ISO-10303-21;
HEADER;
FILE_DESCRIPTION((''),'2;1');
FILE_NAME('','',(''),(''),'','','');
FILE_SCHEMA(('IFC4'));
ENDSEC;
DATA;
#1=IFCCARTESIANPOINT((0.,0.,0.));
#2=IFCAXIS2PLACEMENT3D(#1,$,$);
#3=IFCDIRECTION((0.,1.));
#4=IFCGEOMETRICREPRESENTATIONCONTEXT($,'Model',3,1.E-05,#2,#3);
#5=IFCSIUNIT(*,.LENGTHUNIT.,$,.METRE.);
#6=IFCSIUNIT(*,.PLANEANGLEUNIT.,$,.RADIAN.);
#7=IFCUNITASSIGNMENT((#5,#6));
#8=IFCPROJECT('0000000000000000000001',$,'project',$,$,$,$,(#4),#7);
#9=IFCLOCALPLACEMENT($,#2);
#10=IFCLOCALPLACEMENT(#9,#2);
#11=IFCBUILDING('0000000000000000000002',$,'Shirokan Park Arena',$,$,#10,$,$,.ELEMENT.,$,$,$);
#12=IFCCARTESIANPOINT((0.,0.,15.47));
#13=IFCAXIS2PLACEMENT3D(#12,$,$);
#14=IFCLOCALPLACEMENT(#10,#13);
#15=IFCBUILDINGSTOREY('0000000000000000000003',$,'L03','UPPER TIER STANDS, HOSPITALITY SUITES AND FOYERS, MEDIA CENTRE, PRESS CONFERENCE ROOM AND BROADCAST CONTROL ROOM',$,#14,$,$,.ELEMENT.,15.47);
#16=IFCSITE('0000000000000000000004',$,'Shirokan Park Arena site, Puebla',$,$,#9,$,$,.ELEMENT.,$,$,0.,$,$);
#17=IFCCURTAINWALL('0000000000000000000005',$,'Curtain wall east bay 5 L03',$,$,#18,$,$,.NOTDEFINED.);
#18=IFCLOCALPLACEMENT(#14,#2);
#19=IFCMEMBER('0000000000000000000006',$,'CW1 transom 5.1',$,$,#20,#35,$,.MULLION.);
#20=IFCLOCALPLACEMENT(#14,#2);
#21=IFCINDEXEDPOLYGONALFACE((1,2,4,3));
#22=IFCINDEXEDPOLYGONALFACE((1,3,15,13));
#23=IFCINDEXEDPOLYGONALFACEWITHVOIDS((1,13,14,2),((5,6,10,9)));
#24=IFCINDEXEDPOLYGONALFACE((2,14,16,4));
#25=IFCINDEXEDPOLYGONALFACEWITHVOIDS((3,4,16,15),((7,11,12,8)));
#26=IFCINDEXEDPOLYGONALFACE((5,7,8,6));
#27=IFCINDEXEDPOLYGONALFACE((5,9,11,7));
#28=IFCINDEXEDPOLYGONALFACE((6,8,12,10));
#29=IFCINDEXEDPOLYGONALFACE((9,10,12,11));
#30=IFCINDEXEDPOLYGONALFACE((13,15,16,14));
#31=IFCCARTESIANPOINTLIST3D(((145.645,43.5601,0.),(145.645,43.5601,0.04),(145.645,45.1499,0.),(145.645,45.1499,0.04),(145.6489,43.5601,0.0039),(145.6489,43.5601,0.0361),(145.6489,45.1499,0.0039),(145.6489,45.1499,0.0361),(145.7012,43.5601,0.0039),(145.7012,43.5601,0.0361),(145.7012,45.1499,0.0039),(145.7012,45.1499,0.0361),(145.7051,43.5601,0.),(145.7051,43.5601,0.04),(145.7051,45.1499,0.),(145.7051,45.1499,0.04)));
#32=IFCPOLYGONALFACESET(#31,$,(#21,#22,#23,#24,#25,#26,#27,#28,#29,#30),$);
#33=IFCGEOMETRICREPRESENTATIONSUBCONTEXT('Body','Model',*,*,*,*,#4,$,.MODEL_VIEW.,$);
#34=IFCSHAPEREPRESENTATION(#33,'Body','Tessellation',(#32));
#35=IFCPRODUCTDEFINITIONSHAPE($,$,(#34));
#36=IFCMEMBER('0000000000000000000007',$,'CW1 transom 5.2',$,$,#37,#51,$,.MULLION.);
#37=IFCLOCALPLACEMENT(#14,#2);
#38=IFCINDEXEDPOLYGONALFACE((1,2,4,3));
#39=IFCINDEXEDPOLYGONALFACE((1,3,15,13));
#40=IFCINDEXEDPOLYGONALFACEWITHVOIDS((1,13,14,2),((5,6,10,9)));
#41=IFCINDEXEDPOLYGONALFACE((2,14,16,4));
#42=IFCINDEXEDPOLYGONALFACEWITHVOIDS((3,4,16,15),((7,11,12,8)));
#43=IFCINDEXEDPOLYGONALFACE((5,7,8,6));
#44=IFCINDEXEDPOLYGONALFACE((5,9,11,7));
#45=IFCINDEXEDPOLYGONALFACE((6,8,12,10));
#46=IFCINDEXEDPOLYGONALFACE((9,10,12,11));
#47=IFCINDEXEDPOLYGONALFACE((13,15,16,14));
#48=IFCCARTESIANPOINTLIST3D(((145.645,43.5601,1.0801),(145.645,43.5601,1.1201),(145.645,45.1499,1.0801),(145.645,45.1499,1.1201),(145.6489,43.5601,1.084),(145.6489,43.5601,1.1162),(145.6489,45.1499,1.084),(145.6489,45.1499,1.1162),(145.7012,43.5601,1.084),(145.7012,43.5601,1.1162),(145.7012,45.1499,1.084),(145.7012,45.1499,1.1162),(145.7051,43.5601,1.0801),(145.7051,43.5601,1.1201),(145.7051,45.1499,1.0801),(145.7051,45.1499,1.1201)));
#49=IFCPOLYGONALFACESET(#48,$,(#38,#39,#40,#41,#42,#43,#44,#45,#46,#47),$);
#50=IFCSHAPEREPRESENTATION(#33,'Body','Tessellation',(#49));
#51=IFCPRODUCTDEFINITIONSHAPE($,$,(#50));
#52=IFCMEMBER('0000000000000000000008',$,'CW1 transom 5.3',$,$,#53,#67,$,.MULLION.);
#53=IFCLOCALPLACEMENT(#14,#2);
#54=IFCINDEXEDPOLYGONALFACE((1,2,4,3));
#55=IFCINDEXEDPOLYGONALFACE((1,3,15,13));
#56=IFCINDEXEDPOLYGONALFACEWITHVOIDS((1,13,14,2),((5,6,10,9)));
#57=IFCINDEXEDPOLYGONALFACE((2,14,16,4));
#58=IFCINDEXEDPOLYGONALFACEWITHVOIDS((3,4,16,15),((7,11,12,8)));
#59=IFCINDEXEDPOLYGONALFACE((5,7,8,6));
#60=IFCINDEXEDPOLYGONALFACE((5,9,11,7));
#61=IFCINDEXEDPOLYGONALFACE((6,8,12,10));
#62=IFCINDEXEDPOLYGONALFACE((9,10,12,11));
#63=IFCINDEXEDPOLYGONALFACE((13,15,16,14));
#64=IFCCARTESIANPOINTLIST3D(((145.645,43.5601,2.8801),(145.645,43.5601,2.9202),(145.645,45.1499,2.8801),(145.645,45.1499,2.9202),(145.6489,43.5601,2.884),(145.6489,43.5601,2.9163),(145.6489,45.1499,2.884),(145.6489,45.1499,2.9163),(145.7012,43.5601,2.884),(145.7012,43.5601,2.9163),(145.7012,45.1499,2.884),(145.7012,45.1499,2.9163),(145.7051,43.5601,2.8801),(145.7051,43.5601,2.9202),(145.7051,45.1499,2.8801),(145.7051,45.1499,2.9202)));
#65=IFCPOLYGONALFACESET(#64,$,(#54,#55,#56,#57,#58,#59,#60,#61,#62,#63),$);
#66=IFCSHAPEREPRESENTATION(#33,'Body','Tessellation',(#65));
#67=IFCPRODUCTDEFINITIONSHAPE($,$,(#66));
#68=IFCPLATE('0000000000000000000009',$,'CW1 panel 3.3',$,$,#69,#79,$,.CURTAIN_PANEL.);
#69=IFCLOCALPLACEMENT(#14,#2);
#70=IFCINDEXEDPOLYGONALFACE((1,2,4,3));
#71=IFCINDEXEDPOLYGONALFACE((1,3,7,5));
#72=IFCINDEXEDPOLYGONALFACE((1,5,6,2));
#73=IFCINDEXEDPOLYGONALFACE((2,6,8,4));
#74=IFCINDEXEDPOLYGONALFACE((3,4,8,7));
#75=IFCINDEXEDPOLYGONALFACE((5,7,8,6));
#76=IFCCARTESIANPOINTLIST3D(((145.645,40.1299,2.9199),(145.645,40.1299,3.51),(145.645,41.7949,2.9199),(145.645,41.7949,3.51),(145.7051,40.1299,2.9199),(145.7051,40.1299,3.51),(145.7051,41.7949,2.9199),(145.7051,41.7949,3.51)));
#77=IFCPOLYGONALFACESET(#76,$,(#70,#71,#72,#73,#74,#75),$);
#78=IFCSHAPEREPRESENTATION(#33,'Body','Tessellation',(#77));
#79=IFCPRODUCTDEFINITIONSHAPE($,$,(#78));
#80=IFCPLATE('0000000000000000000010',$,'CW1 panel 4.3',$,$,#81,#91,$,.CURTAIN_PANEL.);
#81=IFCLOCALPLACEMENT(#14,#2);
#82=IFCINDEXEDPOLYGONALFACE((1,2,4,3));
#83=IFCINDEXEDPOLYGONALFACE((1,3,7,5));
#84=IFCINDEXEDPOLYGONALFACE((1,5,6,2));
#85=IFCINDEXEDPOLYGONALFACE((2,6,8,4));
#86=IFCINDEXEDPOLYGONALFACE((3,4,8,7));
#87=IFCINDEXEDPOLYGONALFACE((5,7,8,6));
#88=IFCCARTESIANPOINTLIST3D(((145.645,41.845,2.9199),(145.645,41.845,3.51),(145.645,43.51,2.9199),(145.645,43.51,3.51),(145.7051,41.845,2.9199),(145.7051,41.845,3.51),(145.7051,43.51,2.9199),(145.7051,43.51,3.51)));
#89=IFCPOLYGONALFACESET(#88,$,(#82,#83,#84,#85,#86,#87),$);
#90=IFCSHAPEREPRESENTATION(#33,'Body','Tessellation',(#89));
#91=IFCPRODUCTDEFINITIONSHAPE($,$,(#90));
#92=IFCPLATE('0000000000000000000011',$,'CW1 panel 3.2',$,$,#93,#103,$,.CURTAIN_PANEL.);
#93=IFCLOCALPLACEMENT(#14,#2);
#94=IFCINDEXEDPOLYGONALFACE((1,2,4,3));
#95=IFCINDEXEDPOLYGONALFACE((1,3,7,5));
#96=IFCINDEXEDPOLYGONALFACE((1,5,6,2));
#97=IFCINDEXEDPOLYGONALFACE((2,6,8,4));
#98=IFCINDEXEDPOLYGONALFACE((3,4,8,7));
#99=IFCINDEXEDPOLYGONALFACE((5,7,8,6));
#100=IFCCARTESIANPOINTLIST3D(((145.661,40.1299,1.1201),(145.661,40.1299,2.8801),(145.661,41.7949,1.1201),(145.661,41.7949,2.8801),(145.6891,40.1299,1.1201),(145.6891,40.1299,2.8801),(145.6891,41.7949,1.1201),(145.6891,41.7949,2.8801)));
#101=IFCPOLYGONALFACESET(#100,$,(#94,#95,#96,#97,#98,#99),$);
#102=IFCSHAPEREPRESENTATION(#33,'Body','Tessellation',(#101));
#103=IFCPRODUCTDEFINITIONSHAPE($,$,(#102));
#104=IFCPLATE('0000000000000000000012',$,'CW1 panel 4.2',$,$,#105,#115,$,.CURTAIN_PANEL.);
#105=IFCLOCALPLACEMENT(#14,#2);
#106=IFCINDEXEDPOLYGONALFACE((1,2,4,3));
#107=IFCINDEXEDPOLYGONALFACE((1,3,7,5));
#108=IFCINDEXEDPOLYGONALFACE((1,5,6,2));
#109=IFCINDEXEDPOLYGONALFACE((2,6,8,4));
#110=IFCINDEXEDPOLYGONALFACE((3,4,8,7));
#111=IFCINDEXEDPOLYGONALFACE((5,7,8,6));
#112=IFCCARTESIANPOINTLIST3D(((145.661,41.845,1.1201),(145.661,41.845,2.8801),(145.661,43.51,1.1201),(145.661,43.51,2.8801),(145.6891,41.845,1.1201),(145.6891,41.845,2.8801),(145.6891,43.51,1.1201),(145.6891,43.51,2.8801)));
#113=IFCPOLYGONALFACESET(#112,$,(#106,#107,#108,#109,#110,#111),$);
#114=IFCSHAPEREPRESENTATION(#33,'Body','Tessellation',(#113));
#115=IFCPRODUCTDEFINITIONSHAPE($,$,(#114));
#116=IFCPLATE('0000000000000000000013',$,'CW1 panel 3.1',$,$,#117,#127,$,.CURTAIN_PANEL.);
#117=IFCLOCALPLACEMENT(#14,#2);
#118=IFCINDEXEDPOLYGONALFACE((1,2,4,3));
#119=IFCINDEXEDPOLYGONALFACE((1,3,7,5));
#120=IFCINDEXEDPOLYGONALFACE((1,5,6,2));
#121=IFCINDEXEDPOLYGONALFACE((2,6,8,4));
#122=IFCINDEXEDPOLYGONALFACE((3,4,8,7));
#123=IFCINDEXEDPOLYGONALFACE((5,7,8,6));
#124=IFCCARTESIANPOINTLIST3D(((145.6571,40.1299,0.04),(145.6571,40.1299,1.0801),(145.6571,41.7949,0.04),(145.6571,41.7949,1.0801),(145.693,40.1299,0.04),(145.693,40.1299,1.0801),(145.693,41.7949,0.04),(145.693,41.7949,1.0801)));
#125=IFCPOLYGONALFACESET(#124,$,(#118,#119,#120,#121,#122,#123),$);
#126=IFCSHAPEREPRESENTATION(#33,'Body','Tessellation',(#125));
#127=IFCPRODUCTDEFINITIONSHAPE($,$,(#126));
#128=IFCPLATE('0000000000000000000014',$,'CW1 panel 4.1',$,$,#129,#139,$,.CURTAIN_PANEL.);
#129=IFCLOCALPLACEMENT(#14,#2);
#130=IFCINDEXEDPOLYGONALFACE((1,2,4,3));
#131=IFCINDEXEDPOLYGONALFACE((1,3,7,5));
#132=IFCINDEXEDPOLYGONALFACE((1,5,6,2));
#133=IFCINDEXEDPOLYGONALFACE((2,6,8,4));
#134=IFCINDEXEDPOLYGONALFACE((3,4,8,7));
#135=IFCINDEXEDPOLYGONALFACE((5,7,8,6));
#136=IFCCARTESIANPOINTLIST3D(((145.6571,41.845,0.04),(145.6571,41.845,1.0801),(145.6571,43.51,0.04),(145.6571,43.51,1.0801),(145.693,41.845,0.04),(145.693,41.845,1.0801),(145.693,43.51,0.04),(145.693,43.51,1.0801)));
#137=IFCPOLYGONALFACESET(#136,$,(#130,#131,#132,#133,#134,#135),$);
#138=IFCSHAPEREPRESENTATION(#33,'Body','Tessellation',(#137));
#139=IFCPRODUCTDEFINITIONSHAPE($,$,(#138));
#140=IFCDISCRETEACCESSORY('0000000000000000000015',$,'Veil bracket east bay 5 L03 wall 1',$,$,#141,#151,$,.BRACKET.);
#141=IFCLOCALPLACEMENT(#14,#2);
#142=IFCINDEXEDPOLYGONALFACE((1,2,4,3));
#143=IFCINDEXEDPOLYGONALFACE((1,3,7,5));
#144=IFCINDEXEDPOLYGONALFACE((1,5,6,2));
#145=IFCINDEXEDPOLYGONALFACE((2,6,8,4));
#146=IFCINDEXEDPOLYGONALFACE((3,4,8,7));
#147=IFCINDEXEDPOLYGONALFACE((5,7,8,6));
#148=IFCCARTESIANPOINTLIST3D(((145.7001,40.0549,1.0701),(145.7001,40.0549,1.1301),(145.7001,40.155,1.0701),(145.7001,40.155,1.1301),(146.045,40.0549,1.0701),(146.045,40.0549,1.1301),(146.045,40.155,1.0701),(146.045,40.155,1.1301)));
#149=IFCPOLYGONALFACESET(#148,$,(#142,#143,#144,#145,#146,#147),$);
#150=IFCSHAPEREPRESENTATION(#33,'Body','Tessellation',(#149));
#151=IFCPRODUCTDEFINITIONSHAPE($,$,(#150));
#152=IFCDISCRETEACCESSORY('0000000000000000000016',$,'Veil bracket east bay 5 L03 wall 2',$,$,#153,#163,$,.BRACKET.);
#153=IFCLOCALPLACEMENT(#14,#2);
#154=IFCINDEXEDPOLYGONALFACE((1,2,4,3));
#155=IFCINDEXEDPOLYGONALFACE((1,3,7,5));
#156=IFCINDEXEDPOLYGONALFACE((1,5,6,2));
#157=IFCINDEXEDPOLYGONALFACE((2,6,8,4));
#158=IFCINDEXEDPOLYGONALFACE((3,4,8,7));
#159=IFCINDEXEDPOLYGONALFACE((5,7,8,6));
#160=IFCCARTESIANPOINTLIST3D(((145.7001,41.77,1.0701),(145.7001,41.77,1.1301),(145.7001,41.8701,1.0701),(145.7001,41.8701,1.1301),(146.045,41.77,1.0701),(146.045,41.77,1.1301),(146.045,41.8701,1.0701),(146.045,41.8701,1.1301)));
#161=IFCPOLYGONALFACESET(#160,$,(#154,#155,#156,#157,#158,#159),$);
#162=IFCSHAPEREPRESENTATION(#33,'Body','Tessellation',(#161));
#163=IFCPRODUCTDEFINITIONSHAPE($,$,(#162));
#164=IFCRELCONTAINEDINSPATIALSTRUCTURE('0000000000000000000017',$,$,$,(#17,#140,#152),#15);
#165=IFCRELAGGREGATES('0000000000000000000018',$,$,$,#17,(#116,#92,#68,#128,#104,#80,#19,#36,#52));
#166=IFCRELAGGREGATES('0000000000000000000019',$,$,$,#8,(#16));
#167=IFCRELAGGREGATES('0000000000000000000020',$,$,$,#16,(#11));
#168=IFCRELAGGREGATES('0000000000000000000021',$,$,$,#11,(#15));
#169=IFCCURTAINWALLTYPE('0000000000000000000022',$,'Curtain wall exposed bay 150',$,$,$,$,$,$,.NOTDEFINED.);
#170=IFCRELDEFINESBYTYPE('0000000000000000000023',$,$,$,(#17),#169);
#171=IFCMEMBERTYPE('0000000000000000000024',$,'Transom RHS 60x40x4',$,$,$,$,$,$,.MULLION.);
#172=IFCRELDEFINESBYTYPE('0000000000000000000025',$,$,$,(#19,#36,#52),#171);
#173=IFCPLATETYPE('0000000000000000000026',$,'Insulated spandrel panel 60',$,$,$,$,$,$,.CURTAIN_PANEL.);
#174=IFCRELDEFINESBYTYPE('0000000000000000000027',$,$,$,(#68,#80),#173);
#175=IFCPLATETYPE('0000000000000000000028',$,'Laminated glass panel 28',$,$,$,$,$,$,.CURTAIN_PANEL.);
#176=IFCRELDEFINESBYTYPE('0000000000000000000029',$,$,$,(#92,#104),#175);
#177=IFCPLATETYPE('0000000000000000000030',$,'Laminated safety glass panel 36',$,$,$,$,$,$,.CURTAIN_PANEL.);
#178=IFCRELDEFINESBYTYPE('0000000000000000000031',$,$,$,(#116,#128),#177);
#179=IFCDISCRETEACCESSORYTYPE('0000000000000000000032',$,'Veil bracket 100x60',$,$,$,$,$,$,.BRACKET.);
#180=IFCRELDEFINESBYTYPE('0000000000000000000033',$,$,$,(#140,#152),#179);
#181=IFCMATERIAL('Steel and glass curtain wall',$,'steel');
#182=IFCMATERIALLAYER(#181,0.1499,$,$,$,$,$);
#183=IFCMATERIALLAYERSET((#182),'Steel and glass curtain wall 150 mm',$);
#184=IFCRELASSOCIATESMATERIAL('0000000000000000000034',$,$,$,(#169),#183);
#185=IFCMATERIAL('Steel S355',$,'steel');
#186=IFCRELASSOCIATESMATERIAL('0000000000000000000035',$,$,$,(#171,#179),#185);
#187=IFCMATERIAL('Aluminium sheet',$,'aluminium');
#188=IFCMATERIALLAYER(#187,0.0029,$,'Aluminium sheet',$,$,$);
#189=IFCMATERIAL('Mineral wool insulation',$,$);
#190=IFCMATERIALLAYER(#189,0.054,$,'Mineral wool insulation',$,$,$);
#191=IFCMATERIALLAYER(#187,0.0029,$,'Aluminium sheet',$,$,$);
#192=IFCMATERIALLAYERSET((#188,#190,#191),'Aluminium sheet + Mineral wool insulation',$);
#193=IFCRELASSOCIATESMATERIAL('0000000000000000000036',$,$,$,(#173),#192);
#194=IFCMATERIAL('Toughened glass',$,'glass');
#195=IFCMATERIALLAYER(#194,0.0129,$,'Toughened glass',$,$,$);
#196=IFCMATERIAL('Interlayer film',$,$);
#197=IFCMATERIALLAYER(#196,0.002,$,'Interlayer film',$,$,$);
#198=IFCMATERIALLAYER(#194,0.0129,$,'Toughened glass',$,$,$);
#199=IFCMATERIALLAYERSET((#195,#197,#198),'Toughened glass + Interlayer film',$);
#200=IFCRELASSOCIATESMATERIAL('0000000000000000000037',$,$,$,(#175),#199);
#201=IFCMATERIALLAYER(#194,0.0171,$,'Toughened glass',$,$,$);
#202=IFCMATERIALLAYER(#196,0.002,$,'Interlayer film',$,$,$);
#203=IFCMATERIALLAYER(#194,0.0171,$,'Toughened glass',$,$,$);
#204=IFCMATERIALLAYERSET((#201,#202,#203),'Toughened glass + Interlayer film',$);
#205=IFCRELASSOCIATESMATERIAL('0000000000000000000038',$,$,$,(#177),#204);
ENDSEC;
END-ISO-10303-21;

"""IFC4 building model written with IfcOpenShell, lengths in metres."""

from ifc_helpers import new_model, si_unit, direction, frame, origin, origin_2d, place, context, subcontext, project, spatial, rectangle, hollow_rectangle, extrude, material, layer, layer_set, material_profile, profile_set, type_object, element, aggregate, save


model = new_model("IFC4")

# Units and contexts
model_context = context("Model", 3, precision=1e-05, world=origin(), true_north=direction((0.0, 1.0)))
body_context = subcontext(model_context, "Body", "Model", "MODEL_VIEW")
ifc_project = project(units=[si_unit("LENGTHUNIT", "METRE"), si_unit("PLANEANGLEUNIT", "RADIAN")], contexts=[model_context])

# Site, building, storey
site_placement = place(None, origin())
site = spatial("IfcSite", under=ifc_project, at=site_placement, Name="Shirokan Park Arena site, Puebla", CompositionType="ELEMENT", RefElevation=0.0)
building_placement = place(site_placement, origin())
building = spatial("IfcBuilding", under=site, at=building_placement, Name="Shirokan Park Arena", CompositionType="ELEMENT")
storey_placement = place(building_placement, frame((0.0, 0.0, 15.47)))
storey = spatial("IfcBuildingStorey", under=building, at=storey_placement, Name="L03", Description="UPPER TIER STANDS, HOSPITALITY SUITES AND FOYERS, MEDIA CENTRE, PRESS CONFERENCE ROOM AND BROADCAST CONTROL ROOM", CompositionType="ELEMENT", Elevation=15.47)

# Curtain wall, members, plates
ifc_material_1 = material(Name="Steel and glass curtain wall", Category="steel")
ifc_layer_1 = layer(ifc_material_1, 0.1499)
ifc_layer_set_1 = layer_set([ifc_layer_1], Name="Steel and glass curtain wall 150 mm")
curtain_wall_type = type_object("IfcCurtainWallType", Name="Curtain wall exposed bay 150", PredefinedType="NOTDEFINED", material=ifc_layer_set_1)
curtain_wall_placement = place(storey_placement, origin())
curtain_wall = element("IfcCurtainWall", 1, at=curtain_wall_placement, inside=storey, type_object=curtain_wall_type, Name="Curtain wall east bay 5 L03", PredefinedType="NOTDEFINED")
ifc_material_2 = material(Name="Steel S355", Category="steel")
ifc_material_profile_1 = material_profile(ifc_material_2, hollow_rectangle(XDim=0.0601, YDim=0.04, WallThickness=0.0039, at=origin_2d()), Name="RHS 60x40x4")
ifc_profile_set_1 = profile_set([ifc_material_profile_1], Name="Steel S355")
member_type_1 = type_object("IfcMemberType", Name="Transom RHS 60x40x4", PredefinedType="MULLION", material=ifc_profile_set_1)
member_1_placement = place(storey_placement, frame((145.675, 43.5601, 0.02), z_axis=(0.0, 1.0, 0.0), x_axis=(-1.0, 0.0, 0.0)))
member_1 = element("IfcMember", 2, at=member_1_placement, type_object=member_type_1, Name="CW1 transom 5.1", PredefinedType="MULLION", context=body_context, shape_type="SweptSolid", body=[
    extrude(hollow_rectangle(XDim=0.0601, YDim=0.04, WallThickness=0.0039, at=origin_2d()), origin(), (0.0, 0.0, 1.0), 1.5898),
])
member_2_placement = place(storey_placement, frame((145.675, 43.5601, 1.1001), z_axis=(0.0, 1.0, 0.0), x_axis=(-1.0, 0.0, 0.0)))
member_2 = element("IfcMember", 3, at=member_2_placement, type_object=member_type_1, Name="CW1 transom 5.2", PredefinedType="MULLION", context=body_context, shape_type="SweptSolid", body=[
    extrude(hollow_rectangle(XDim=0.0601, YDim=0.04, WallThickness=0.0039, at=origin_2d()), origin(), (0.0, 0.0, 1.0), 1.5898),
])
member_3_placement = place(storey_placement, frame((145.675, 43.5601, 2.9001), z_axis=(0.0, 1.0, 0.0), x_axis=(-1.0, 0.0, 0.0)))
member_3 = element("IfcMember", 4, at=member_3_placement, type_object=member_type_1, Name="CW1 transom 5.3", PredefinedType="MULLION", context=body_context, shape_type="SweptSolid", body=[
    extrude(hollow_rectangle(XDim=0.0601, YDim=0.04, WallThickness=0.0039, at=origin_2d()), origin(), (0.0, 0.0, 1.0), 1.5898),
])
ifc_material_3 = material(Name="Aluminium sheet", Category="aluminium")
ifc_layer_2 = layer(ifc_material_3, 0.0029, Name="Aluminium sheet")
ifc_material_4 = material(Name="Mineral wool insulation")
ifc_layer_3 = layer(ifc_material_4, 0.054, Name="Mineral wool insulation")
ifc_layer_4 = layer(ifc_material_3, 0.0029, Name="Aluminium sheet")
ifc_layer_set_2 = layer_set([ifc_layer_2, ifc_layer_3, ifc_layer_4], Name="Aluminium sheet + Mineral wool insulation")
plate_type_1 = type_object("IfcPlateType", Name="Insulated spandrel panel 60", PredefinedType="CURTAIN_PANEL", material=ifc_layer_set_2)
plate_1_placement = place(storey_placement, frame((145.675, 40.9624, 2.9199), z_axis=(0.0, 0.0, 1.0), x_axis=(0.0, 1.0, 0.0)))
plate_1 = element("IfcPlate", 5, at=plate_1_placement, type_object=plate_type_1, Name="CW1 panel 3.3", PredefinedType="CURTAIN_PANEL", context=body_context, shape_type="SweptSolid", body=[
    extrude(rectangle(XDim=1.665, YDim=0.0601, at=origin_2d()), origin(), (0.0, 0.0, 1.0), 0.5901),
])
plate_2_placement = place(storey_placement, frame((145.675, 42.6775, 2.9199), z_axis=(0.0, 0.0, 1.0), x_axis=(0.0, 1.0, 0.0)))
plate_2 = element("IfcPlate", 6, at=plate_2_placement, type_object=plate_type_1, Name="CW1 panel 4.3", PredefinedType="CURTAIN_PANEL", context=body_context, shape_type="SweptSolid", body=[
    extrude(rectangle(XDim=1.665, YDim=0.0601, at=origin_2d()), origin(), (0.0, 0.0, 1.0), 0.5901),
])
ifc_material_5 = material(Name="Toughened glass", Category="glass")
ifc_layer_5 = layer(ifc_material_5, 0.0129, Name="Toughened glass")
ifc_material_6 = material(Name="Interlayer film")
ifc_layer_6 = layer(ifc_material_6, 0.002, Name="Interlayer film")
ifc_layer_7 = layer(ifc_material_5, 0.0129, Name="Toughened glass")
ifc_layer_set_3 = layer_set([ifc_layer_5, ifc_layer_6, ifc_layer_7], Name="Toughened glass + Interlayer film")
plate_type_2 = type_object("IfcPlateType", Name="Laminated glass panel 28", PredefinedType="CURTAIN_PANEL", material=ifc_layer_set_3)
plate_3_placement = place(storey_placement, frame((145.675, 40.9624, 1.1201), z_axis=(0.0, 0.0, 1.0), x_axis=(0.0, 1.0, 0.0)))
plate_3 = element("IfcPlate", 7, at=plate_3_placement, type_object=plate_type_2, Name="CW1 panel 3.2", PredefinedType="CURTAIN_PANEL", context=body_context, shape_type="SweptSolid", body=[
    extrude(rectangle(XDim=1.665, YDim=0.0281, at=origin_2d()), origin(), (0.0, 0.0, 1.0), 1.76),
])
plate_4_placement = place(storey_placement, frame((145.675, 42.6775, 1.1201), z_axis=(0.0, 0.0, 1.0), x_axis=(0.0, 1.0, 0.0)))
plate_4 = element("IfcPlate", 8, at=plate_4_placement, type_object=plate_type_2, Name="CW1 panel 4.2", PredefinedType="CURTAIN_PANEL", context=body_context, shape_type="SweptSolid", body=[
    extrude(rectangle(XDim=1.665, YDim=0.0281, at=origin_2d()), origin(), (0.0, 0.0, 1.0), 1.76),
])
ifc_layer_8 = layer(ifc_material_5, 0.0171, Name="Toughened glass")
ifc_layer_9 = layer(ifc_material_6, 0.002, Name="Interlayer film")
ifc_layer_10 = layer(ifc_material_5, 0.0171, Name="Toughened glass")
ifc_layer_set_4 = layer_set([ifc_layer_8, ifc_layer_9, ifc_layer_10], Name="Toughened glass + Interlayer film")
plate_type_3 = type_object("IfcPlateType", Name="Laminated safety glass panel 36", PredefinedType="CURTAIN_PANEL", material=ifc_layer_set_4)
plate_5_placement = place(storey_placement, frame((145.675, 40.9624, 0.04), z_axis=(0.0, 0.0, 1.0), x_axis=(0.0, 1.0, 0.0)))
plate_5 = element("IfcPlate", 9, at=plate_5_placement, type_object=plate_type_3, Name="CW1 panel 3.1", PredefinedType="CURTAIN_PANEL", context=body_context, shape_type="SweptSolid", body=[
    extrude(rectangle(XDim=1.665, YDim=0.0359, at=origin_2d()), origin(), (0.0, 0.0, 1.0), 1.04),
])
plate_6_placement = place(storey_placement, frame((145.675, 42.6775, 0.04), z_axis=(0.0, 0.0, 1.0), x_axis=(0.0, 1.0, 0.0)))
plate_6 = element("IfcPlate", 10, at=plate_6_placement, type_object=plate_type_3, Name="CW1 panel 4.1", PredefinedType="CURTAIN_PANEL", context=body_context, shape_type="SweptSolid", body=[
    extrude(rectangle(XDim=1.665, YDim=0.0359, at=origin_2d()), origin(), (0.0, 0.0, 1.0), 1.04),
])
aggregate(curtain_wall, [plate_5, plate_3, plate_1, plate_6, plate_4, plate_2, member_1, member_2, member_3])

# Discrete accessories
discrete_accessory_type = type_object("IfcDiscreteAccessoryType", Name="Veil bracket 100x60", PredefinedType="BRACKET", material=ifc_material_2)
for number, where, z_axis, x_axis, name in (
    (11, (145.8726, 40.105, 1.0701), (0.0, 0.0, 1.0), (0.0, 1.0, 0.0), "Veil bracket east bay 5 L03 wall 1"),
    (12, (145.8726, 41.8201, 1.0701), (0.0, 0.0, 1.0), (0.0, 1.0, 0.0), "Veil bracket east bay 5 L03 wall 2"),
):
    element("IfcDiscreteAccessory", number, at=place(storey_placement, frame(where, z_axis=z_axis, x_axis=x_axis)), inside=storey, type_object=discrete_accessory_type, Name=name, PredefinedType="BRACKET", context=body_context, shape_type="SweptSolid", body=[
        extrude(rectangle(XDim=0.1001, YDim=0.345, at=origin_2d()), origin(), (0.0, 0.0, 1.0), 0.0601),
    ])

save(model, "model.ifc")
